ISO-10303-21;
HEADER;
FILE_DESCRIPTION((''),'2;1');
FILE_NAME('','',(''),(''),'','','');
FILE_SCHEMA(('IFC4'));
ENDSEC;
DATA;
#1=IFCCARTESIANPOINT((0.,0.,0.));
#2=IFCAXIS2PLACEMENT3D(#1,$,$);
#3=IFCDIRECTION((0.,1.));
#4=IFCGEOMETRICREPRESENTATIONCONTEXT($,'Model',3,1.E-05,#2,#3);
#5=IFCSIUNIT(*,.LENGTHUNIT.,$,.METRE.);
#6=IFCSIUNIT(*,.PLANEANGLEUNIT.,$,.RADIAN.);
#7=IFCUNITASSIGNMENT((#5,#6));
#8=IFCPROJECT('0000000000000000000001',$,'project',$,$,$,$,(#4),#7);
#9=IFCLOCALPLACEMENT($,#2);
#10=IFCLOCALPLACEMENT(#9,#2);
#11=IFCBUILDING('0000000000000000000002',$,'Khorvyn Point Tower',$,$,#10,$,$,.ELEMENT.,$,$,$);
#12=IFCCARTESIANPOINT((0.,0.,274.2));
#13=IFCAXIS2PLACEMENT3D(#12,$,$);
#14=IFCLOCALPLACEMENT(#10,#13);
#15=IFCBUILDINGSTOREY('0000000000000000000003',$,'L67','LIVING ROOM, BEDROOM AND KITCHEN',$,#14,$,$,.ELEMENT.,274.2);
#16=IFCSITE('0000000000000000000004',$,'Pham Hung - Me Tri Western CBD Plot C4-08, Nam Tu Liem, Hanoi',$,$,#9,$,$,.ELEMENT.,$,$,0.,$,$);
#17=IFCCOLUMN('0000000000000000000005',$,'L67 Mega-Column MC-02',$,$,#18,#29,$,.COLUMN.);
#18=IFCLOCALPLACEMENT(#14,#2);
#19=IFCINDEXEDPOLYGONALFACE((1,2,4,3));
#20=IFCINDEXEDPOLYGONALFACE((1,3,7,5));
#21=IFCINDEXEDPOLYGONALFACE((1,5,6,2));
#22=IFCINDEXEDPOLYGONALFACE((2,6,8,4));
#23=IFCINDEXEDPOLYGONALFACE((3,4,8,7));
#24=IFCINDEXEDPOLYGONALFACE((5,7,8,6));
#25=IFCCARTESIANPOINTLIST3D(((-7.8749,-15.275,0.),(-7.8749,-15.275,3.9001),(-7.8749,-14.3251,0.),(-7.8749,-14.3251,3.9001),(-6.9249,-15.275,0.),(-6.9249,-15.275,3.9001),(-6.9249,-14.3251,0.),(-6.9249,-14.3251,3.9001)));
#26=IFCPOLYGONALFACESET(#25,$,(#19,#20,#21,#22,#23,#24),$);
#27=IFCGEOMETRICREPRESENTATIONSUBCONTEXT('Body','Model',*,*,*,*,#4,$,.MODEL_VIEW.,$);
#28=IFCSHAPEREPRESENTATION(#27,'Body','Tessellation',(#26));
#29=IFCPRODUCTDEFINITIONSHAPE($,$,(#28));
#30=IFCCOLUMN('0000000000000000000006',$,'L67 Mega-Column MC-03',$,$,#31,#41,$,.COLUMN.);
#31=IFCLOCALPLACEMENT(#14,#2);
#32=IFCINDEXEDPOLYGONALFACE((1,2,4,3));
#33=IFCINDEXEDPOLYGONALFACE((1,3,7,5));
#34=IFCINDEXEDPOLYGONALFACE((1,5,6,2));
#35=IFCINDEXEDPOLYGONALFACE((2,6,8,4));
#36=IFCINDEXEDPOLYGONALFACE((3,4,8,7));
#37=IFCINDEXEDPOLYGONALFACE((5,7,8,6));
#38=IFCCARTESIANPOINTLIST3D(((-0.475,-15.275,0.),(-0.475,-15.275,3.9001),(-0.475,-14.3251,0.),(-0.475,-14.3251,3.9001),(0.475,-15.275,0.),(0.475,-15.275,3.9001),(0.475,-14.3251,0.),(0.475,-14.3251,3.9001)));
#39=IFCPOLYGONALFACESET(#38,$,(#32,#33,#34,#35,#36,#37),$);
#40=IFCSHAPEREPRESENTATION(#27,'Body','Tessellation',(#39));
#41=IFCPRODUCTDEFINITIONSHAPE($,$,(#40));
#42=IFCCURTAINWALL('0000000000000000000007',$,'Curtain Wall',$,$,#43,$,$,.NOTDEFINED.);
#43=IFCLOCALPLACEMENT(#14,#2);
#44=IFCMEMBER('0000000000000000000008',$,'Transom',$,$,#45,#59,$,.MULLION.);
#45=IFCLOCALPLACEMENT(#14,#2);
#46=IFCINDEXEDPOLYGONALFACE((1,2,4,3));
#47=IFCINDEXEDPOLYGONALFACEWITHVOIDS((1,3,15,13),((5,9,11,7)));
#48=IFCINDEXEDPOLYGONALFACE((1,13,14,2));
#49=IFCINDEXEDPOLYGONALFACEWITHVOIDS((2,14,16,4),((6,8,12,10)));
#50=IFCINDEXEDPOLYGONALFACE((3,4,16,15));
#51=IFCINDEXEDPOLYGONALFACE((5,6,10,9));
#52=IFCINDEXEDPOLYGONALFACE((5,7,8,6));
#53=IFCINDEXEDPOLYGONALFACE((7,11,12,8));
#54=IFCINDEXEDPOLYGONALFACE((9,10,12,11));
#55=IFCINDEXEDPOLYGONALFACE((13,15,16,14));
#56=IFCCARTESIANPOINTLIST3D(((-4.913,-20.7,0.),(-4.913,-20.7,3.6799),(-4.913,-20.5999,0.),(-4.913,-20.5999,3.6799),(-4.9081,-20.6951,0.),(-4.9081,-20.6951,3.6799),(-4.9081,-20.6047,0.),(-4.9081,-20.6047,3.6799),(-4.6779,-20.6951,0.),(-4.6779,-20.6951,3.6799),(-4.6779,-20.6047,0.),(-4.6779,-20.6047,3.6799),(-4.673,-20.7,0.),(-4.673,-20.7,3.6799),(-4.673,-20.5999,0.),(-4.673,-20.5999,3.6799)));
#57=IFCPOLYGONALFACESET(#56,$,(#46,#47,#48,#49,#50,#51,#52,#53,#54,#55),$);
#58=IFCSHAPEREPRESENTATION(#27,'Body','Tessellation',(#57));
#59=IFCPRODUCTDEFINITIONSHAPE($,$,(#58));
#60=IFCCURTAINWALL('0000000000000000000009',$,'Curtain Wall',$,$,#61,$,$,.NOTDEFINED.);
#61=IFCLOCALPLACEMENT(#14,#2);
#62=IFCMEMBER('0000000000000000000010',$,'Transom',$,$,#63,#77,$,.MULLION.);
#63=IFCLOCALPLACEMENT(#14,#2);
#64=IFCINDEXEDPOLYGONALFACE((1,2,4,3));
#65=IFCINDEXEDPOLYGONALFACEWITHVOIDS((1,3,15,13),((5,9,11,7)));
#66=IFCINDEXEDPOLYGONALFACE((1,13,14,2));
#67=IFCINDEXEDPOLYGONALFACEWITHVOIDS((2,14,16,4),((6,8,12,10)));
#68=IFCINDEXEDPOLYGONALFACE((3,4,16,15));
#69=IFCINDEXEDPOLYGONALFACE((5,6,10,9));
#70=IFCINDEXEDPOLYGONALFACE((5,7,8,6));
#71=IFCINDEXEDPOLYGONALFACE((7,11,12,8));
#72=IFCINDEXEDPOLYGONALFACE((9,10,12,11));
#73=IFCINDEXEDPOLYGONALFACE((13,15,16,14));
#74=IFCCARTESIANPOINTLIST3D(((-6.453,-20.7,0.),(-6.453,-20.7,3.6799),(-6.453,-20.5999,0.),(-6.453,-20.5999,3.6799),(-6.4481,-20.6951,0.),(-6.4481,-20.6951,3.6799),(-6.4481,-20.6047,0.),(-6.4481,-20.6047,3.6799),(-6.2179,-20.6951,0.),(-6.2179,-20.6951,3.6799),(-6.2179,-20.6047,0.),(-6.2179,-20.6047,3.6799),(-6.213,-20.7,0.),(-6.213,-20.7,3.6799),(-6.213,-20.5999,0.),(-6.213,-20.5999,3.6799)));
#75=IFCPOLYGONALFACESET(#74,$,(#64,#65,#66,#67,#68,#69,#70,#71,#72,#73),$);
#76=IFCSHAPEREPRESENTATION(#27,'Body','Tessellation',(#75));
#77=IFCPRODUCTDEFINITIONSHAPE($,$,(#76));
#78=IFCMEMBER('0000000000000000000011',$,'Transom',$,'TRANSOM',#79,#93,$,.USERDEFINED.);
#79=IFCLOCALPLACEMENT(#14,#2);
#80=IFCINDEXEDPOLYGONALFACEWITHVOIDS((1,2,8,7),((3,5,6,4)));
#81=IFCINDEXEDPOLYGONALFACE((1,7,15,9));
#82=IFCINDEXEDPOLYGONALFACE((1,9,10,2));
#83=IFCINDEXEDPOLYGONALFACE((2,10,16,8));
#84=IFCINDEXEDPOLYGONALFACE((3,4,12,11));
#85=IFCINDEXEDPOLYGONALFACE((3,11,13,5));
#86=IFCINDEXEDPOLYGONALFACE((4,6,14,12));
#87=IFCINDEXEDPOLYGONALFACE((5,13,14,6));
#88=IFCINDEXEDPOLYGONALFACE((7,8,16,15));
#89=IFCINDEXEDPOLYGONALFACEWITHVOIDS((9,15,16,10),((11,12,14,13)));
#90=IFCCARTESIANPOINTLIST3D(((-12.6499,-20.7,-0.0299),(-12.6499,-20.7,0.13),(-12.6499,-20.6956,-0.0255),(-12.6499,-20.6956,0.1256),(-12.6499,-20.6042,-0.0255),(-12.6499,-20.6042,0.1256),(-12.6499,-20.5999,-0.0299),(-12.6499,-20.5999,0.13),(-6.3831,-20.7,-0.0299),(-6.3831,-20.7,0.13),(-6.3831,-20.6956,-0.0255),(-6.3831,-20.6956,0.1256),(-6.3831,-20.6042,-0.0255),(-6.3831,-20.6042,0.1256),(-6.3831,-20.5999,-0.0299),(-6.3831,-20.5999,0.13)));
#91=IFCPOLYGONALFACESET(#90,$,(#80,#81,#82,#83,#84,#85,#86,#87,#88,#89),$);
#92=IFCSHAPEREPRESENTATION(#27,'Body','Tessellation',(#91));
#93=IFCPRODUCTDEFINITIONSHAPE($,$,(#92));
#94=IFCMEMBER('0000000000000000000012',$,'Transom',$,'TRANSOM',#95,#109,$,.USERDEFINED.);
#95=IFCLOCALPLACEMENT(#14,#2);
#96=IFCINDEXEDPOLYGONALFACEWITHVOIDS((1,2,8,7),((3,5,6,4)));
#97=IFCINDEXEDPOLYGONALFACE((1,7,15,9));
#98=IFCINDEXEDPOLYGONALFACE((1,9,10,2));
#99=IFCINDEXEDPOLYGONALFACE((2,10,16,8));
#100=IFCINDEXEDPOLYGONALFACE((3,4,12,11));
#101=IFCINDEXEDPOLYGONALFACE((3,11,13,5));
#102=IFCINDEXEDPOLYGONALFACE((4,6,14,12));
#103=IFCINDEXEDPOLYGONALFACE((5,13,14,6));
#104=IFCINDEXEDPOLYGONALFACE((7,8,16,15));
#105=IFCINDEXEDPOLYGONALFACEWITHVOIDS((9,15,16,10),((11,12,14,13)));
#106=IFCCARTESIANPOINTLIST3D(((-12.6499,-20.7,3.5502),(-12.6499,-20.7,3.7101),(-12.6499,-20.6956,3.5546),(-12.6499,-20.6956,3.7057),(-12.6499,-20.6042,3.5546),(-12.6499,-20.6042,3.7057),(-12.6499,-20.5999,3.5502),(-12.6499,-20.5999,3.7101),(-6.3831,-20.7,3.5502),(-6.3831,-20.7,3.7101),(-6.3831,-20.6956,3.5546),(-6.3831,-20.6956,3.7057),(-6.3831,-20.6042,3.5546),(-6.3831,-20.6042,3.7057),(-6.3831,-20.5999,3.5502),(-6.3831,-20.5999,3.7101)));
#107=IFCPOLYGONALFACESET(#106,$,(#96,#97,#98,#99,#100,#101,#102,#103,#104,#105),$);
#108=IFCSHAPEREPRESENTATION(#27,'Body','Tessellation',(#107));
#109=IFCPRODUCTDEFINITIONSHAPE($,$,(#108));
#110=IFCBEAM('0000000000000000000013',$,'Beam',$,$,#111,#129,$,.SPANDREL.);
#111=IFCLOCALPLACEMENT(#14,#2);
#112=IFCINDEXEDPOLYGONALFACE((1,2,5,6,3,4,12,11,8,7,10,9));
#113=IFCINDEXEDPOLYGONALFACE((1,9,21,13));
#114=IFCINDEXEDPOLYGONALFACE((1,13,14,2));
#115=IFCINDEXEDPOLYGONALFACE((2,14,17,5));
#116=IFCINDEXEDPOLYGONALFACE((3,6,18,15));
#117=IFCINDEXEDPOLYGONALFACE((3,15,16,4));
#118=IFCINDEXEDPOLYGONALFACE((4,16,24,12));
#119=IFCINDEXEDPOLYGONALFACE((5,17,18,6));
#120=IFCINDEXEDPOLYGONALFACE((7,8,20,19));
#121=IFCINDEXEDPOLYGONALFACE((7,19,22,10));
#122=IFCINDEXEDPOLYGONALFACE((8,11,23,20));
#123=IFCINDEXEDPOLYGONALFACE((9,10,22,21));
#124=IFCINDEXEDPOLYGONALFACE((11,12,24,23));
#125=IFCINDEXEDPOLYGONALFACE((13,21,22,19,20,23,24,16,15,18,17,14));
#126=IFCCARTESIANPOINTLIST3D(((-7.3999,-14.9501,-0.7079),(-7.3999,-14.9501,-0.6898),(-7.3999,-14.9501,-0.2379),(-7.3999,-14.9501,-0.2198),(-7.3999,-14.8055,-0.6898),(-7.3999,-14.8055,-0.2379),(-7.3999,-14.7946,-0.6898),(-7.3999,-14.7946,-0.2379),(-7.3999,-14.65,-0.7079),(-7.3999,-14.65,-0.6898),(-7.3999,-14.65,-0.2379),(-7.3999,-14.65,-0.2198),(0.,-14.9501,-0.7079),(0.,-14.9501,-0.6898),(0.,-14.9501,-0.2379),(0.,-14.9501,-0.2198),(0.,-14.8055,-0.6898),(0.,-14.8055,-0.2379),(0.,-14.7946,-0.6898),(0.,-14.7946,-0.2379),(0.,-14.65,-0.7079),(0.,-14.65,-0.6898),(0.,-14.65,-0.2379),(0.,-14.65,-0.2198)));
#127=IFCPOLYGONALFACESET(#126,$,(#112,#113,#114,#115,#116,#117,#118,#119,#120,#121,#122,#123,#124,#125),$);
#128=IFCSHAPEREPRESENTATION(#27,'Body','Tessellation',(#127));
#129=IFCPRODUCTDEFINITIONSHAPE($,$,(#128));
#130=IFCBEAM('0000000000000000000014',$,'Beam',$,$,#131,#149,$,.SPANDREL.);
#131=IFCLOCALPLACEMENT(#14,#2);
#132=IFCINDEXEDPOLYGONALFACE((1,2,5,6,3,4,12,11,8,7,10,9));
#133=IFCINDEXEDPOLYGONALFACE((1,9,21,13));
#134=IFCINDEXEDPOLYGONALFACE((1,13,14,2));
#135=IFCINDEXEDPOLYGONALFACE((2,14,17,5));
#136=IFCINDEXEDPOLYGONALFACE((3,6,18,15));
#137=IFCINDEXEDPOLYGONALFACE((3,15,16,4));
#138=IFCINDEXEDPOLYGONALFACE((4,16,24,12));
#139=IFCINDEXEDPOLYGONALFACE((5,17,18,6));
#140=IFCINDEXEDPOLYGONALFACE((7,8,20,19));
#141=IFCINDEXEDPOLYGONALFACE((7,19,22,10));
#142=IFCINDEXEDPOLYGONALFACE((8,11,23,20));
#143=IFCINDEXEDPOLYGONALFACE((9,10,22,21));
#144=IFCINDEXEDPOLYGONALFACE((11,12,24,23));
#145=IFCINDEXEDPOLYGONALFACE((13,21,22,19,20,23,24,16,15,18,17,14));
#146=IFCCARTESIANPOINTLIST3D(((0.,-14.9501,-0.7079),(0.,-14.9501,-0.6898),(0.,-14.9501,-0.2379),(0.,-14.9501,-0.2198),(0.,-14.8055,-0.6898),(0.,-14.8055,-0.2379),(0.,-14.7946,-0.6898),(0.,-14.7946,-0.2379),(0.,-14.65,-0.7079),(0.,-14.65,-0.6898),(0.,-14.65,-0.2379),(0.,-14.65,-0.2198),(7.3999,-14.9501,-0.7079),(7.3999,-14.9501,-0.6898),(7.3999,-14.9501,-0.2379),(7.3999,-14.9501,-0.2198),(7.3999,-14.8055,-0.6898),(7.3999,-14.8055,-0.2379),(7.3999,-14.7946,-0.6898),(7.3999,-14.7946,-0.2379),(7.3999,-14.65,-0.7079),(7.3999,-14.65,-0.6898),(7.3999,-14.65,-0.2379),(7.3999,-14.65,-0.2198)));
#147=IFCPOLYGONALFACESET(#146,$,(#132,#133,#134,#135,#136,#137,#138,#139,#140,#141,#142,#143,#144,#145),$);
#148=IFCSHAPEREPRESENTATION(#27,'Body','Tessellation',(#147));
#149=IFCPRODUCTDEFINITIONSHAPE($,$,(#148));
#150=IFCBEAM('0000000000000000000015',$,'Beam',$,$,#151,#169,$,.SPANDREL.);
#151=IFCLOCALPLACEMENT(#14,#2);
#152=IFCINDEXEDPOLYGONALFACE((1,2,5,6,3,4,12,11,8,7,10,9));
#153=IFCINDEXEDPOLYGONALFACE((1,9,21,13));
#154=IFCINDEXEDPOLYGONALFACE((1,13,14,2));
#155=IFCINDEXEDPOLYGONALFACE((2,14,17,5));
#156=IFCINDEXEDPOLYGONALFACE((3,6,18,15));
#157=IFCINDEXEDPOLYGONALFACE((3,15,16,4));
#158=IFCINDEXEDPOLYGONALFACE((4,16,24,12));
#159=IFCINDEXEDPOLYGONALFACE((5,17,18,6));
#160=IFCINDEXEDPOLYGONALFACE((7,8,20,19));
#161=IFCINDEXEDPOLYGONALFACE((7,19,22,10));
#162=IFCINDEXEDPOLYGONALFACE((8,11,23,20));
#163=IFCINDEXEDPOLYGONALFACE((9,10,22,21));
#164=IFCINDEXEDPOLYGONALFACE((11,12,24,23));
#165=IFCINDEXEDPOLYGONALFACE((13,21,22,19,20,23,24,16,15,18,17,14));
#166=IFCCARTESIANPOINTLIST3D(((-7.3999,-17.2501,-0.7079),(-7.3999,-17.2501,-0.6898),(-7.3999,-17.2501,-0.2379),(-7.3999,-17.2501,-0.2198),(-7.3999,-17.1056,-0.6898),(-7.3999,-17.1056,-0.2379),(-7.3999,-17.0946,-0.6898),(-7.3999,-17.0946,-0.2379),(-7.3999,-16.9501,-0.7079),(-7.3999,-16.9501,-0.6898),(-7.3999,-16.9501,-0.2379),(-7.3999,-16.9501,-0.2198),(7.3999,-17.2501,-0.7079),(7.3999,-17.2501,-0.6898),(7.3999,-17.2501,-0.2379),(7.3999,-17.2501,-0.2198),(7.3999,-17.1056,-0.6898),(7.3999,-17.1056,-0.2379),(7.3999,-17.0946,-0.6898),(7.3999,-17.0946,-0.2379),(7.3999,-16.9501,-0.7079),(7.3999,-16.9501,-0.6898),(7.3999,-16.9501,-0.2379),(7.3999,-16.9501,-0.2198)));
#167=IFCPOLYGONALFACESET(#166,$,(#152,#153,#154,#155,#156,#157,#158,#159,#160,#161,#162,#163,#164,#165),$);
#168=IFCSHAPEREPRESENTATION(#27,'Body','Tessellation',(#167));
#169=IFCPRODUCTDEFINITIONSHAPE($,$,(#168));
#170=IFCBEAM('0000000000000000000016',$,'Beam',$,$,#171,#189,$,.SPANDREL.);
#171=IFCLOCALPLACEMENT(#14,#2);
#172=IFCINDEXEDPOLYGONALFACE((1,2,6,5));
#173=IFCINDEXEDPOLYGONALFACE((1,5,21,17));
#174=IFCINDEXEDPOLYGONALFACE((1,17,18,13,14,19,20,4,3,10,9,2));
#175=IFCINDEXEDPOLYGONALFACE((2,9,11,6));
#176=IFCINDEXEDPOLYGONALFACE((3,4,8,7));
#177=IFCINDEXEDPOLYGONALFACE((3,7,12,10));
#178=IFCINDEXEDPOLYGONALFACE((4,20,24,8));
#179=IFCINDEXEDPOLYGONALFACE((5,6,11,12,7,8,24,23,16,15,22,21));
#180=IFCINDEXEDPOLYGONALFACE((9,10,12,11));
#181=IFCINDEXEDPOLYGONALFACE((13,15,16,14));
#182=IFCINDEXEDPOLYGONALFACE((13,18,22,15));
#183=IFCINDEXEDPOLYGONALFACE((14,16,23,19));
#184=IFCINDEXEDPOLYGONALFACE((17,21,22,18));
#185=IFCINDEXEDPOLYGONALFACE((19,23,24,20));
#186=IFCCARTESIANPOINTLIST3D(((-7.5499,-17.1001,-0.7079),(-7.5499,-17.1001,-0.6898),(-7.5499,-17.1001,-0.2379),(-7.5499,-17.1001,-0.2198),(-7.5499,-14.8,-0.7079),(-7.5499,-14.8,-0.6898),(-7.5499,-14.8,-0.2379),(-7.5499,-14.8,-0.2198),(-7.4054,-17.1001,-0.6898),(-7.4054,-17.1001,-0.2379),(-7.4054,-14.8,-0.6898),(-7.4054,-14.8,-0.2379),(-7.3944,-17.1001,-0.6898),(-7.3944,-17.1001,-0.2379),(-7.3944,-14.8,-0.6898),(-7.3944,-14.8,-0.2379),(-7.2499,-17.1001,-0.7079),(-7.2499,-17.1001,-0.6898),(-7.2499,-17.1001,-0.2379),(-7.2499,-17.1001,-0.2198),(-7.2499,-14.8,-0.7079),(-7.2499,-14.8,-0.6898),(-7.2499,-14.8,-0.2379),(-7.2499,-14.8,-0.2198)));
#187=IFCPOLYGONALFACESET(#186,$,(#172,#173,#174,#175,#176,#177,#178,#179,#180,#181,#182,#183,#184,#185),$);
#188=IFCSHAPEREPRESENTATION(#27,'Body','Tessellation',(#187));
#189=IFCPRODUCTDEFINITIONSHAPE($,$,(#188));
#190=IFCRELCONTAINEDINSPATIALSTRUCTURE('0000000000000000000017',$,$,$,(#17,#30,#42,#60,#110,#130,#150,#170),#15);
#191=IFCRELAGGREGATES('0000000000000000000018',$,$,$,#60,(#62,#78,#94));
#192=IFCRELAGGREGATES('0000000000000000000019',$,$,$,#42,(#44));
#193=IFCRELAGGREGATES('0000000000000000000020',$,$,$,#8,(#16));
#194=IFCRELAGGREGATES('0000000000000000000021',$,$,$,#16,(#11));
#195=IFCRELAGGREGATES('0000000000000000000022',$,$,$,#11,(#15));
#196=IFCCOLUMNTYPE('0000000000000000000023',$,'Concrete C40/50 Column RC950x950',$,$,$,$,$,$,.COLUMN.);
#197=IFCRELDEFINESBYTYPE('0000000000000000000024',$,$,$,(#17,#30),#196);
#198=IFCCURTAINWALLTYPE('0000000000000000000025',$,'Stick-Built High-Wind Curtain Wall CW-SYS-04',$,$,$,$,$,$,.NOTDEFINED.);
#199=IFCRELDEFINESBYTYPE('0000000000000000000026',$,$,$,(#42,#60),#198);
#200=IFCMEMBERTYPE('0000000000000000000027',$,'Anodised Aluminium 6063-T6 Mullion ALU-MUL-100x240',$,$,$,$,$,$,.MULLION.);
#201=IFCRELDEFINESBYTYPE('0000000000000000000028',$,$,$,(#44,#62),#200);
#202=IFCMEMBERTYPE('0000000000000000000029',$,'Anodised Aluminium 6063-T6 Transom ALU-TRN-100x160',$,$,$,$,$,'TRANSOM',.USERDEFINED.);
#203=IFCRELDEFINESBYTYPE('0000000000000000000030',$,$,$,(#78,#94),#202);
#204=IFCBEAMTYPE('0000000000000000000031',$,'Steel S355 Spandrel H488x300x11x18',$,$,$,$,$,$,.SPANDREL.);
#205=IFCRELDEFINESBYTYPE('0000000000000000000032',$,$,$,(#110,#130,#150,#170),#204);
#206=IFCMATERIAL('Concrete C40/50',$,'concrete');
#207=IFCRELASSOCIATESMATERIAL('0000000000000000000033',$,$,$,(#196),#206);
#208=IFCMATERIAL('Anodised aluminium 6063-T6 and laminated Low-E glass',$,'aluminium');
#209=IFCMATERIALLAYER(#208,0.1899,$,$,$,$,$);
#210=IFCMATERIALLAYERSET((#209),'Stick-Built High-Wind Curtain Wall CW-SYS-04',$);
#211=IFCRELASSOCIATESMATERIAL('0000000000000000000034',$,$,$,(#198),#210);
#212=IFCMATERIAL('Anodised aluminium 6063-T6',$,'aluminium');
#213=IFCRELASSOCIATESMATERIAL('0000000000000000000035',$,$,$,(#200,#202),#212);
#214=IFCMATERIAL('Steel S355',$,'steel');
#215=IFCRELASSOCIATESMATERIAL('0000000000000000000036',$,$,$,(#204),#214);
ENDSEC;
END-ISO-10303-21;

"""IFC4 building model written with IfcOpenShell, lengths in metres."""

from ifc_helpers import new_model, si_unit, direction, frame, origin, origin_2d, place, context, subcontext, project, spatial, rectangle, hollow_rectangle, i_section, extrude, material, layer, layer_set, material_profile, profile_set, type_object, element, aggregate, save


model = new_model("IFC4")

# Units and contexts
model_context = context("Model", 3, precision=1e-05, world=origin(), true_north=direction((0.0, 1.0)))
body_context = subcontext(model_context, "Body", "Model", "MODEL_VIEW")
ifc_project = project(units=[si_unit("LENGTHUNIT", "METRE"), si_unit("PLANEANGLEUNIT", "RADIAN")], contexts=[model_context])

# Site, building, storey
site_placement = place(None, origin())
site = spatial("IfcSite", under=ifc_project, at=site_placement, Name="Pham Hung - Me Tri Western CBD Plot C4-08, Nam Tu Liem, Hanoi", CompositionType="ELEMENT", RefElevation=0.0)
building_placement = place(site_placement, origin())
building = spatial("IfcBuilding", under=site, at=building_placement, Name="Khorvyn Point Tower", CompositionType="ELEMENT")
storey_placement = place(building_placement, frame((0.0, 0.0, 274.2)))
storey = spatial("IfcBuildingStorey", under=building, at=storey_placement, Name="L67", Description="LIVING ROOM, BEDROOM AND KITCHEN", CompositionType="ELEMENT", Elevation=274.2)

# Columns
ifc_material_1 = material(Name="Concrete C40/50", Category="concrete")
ifc_material_profile_1 = material_profile(ifc_material_1, rectangle(XDim=0.95, YDim=0.95, at=origin_2d()))
ifc_profile_set_1 = profile_set([ifc_material_profile_1], Name="Concrete C40/50 RC950x950")
column_type = type_object("IfcColumnType", Name="Concrete C40/50 Column RC950x950", PredefinedType="COLUMN", material=ifc_profile_set_1)
for number, where, z_axis, x_axis, name in (
    (1, (-7.3999, -14.8, 0.0), (0.0, 0.0, 1.0), (1.0, 0.0, 0.0), "L67 Mega-Column MC-02"),
    (2, (0.0, -14.8, 0.0), (0.0, 0.0, 1.0), (1.0, 0.0, 0.0), "L67 Mega-Column MC-03"),
):
    element("IfcColumn", number, at=place(storey_placement, frame(where, z_axis=z_axis, x_axis=x_axis)), inside=storey, type_object=column_type, Name=name, PredefinedType="COLUMN", context=body_context, shape_type="SweptSolid", body=[
        extrude(rectangle(XDim=0.95, YDim=0.95, at=origin_2d()), origin(), (0.0, 0.0, 1.0), 3.9001),
    ])

# Curtain wall, member
ifc_material_2 = material(Name="Anodised aluminium 6063-T6 and laminated Low-E glass", Category="aluminium")
ifc_layer_1 = layer(ifc_material_2, 0.1899)
ifc_layer_set_1 = layer_set([ifc_layer_1], Name="Stick-Built High-Wind Curtain Wall CW-SYS-04")
curtain_wall_type = type_object("IfcCurtainWallType", Name="Stick-Built High-Wind Curtain Wall CW-SYS-04", PredefinedType="NOTDEFINED", material=ifc_layer_set_1)
curtain_wall_1_placement = place(storey_placement, origin())
curtain_wall_1 = element("IfcCurtainWall", 3, at=curtain_wall_1_placement, inside=storey, type_object=curtain_wall_type, Name="Curtain Wall", PredefinedType="NOTDEFINED")
ifc_material_3 = material(Name="Anodised aluminium 6063-T6", Category="aluminium")
ifc_material_profile_2 = material_profile(ifc_material_3, hollow_rectangle(XDim=0.1001, YDim=0.24, WallThickness=0.0049, at=origin_2d()))
ifc_profile_set_2 = profile_set([ifc_material_profile_2], Name="Anodised aluminium 6063-T6 ALU-MUL-100x240")
member_type_1 = type_object("IfcMemberType", Name="Anodised Aluminium 6063-T6 Mullion ALU-MUL-100x240", PredefinedType="MULLION", material=ifc_profile_set_2)
member_1_placement = place(storey_placement, frame((-4.793, -20.6499, 0.0), z_axis=(0.0, 0.0, 1.0), x_axis=(0.0, -1.0, 0.0)))
member_1 = element("IfcMember", 4, at=member_1_placement, type_object=member_type_1, Name="Transom", PredefinedType="MULLION", context=body_context, shape_type="SweptSolid", body=[
    extrude(hollow_rectangle(XDim=0.1001, YDim=0.24, WallThickness=0.0049, at=origin_2d()), origin(), (0.0, 0.0, 1.0), 3.6799),
])

# Curtain wall, members
curtain_wall_2_placement = place(storey_placement, origin())
curtain_wall_2 = element("IfcCurtainWall", 5, at=curtain_wall_2_placement, inside=storey, type_object=curtain_wall_type, Name="Curtain Wall", PredefinedType="NOTDEFINED")
member_2_placement = place(storey_placement, frame((-6.333, -20.6499, 0.0), z_axis=(0.0, 0.0, 1.0), x_axis=(0.0, -1.0, 0.0)))
member_2 = element("IfcMember", 6, at=member_2_placement, type_object=member_type_1, Name="Transom", PredefinedType="MULLION", context=body_context, shape_type="SweptSolid", body=[
    extrude(hollow_rectangle(XDim=0.1001, YDim=0.24, WallThickness=0.0049, at=origin_2d()), origin(), (0.0, 0.0, 1.0), 3.6799),
])
ifc_material_profile_3 = material_profile(ifc_material_3, hollow_rectangle(XDim=0.1001, YDim=0.1599, WallThickness=0.0044, at=origin_2d()))
ifc_profile_set_3 = profile_set([ifc_material_profile_3], Name="Anodised aluminium 6063-T6 ALU-TRN-100x160")
member_type_2 = type_object("IfcMemberType", Name="Anodised Aluminium 6063-T6 Transom ALU-TRN-100x160", ElementType="TRANSOM", PredefinedType="USERDEFINED", material=ifc_profile_set_3)
member_3_placement = place(storey_placement, frame((-6.3831, -20.6499, 0.05), z_axis=(-1.0, 0.0, 0.0), x_axis=(0.0, -1.0, 0.0)))
member_3 = element("IfcMember", 7, at=member_3_placement, type_object=member_type_2, Name="Transom", ObjectType="TRANSOM", PredefinedType="USERDEFINED", context=body_context, shape_type="SweptSolid", body=[
    extrude(hollow_rectangle(XDim=0.1001, YDim=0.1599, WallThickness=0.0044, at=origin_2d()), origin(), (0.0, 0.0, 1.0), 6.2668),
])
member_4_placement = place(storey_placement, frame((-6.3831, -20.6499, 3.6301), z_axis=(-1.0, 0.0, 0.0), x_axis=(0.0, -1.0, 0.0)))
member_4 = element("IfcMember", 8, at=member_4_placement, type_object=member_type_2, Name="Transom", ObjectType="TRANSOM", PredefinedType="USERDEFINED", context=body_context, shape_type="SweptSolid", body=[
    extrude(hollow_rectangle(XDim=0.1001, YDim=0.1599, WallThickness=0.0044, at=origin_2d()), origin(), (0.0, 0.0, 1.0), 6.2668),
])
aggregate(curtain_wall_2, [member_2, member_3, member_4])

# Beams
ifc_material_4 = material(Name="Steel S355", Category="steel")
ifc_material_profile_4 = material_profile(ifc_material_4, i_section(OverallWidth=0.3, OverallDepth=0.488, WebThickness=0.011, FlangeThickness=0.0181, at=origin_2d()))
ifc_profile_set_4 = profile_set([ifc_material_profile_4], Name="Steel S355 H488x300x11x18")
beam_type = type_object("IfcBeamType", Name="Steel S355 Spandrel H488x300x11x18", PredefinedType="SPANDREL", material=ifc_profile_set_4)
for number, where, z_axis, x_axis, name in (
    (9, (-7.3999, -14.8, -0.4639), (1.0, 0.0, 0.0), (0.0, 1.0, 0.0), "Beam"),
    (10, (0.0, -14.8, -0.4639), (1.0, 0.0, 0.0), (0.0, 1.0, 0.0), "Beam"),
):
    element("IfcBeam", number, at=place(storey_placement, frame(where, z_axis=z_axis, x_axis=x_axis)), inside=storey, type_object=beam_type, Name=name, PredefinedType="SPANDREL", context=body_context, shape_type="SweptSolid", body=[
        extrude(i_section(OverallWidth=0.3, OverallDepth=0.488, WebThickness=0.011, FlangeThickness=0.0181, at=origin_2d()), origin(), (0.0, 0.0, 1.0), 7.3999),
    ])
beam_1_placement = place(storey_placement, frame((-7.3999, -17.1001, -0.4639), z_axis=(1.0, 0.0, 0.0), x_axis=(0.0, 1.0, 0.0)))
element("IfcBeam", 11, at=beam_1_placement, inside=storey, type_object=beam_type, Name="Beam", PredefinedType="SPANDREL", context=body_context, shape_type="SweptSolid", body=[
    extrude(i_section(OverallWidth=0.3, OverallDepth=0.488, WebThickness=0.011, FlangeThickness=0.0181, at=origin_2d()), origin(), (0.0, 0.0, 1.0), 14.7998),
])
beam_2_placement = place(storey_placement, frame((-7.3999, -17.1001, -0.4639), z_axis=(0.0, 1.0, 0.0), x_axis=(-1.0, 0.0, 0.0)))
element("IfcBeam", 12, at=beam_2_placement, inside=storey, type_object=beam_type, Name="Beam", PredefinedType="SPANDREL", context=body_context, shape_type="SweptSolid", body=[
    extrude(i_section(OverallWidth=0.3, OverallDepth=0.488, WebThickness=0.011, FlangeThickness=0.0181, at=origin_2d()), origin(), (0.0, 0.0, 1.0), 2.3),
])

aggregate(curtain_wall_1, [member_1])

save(model, "model.ifc")
